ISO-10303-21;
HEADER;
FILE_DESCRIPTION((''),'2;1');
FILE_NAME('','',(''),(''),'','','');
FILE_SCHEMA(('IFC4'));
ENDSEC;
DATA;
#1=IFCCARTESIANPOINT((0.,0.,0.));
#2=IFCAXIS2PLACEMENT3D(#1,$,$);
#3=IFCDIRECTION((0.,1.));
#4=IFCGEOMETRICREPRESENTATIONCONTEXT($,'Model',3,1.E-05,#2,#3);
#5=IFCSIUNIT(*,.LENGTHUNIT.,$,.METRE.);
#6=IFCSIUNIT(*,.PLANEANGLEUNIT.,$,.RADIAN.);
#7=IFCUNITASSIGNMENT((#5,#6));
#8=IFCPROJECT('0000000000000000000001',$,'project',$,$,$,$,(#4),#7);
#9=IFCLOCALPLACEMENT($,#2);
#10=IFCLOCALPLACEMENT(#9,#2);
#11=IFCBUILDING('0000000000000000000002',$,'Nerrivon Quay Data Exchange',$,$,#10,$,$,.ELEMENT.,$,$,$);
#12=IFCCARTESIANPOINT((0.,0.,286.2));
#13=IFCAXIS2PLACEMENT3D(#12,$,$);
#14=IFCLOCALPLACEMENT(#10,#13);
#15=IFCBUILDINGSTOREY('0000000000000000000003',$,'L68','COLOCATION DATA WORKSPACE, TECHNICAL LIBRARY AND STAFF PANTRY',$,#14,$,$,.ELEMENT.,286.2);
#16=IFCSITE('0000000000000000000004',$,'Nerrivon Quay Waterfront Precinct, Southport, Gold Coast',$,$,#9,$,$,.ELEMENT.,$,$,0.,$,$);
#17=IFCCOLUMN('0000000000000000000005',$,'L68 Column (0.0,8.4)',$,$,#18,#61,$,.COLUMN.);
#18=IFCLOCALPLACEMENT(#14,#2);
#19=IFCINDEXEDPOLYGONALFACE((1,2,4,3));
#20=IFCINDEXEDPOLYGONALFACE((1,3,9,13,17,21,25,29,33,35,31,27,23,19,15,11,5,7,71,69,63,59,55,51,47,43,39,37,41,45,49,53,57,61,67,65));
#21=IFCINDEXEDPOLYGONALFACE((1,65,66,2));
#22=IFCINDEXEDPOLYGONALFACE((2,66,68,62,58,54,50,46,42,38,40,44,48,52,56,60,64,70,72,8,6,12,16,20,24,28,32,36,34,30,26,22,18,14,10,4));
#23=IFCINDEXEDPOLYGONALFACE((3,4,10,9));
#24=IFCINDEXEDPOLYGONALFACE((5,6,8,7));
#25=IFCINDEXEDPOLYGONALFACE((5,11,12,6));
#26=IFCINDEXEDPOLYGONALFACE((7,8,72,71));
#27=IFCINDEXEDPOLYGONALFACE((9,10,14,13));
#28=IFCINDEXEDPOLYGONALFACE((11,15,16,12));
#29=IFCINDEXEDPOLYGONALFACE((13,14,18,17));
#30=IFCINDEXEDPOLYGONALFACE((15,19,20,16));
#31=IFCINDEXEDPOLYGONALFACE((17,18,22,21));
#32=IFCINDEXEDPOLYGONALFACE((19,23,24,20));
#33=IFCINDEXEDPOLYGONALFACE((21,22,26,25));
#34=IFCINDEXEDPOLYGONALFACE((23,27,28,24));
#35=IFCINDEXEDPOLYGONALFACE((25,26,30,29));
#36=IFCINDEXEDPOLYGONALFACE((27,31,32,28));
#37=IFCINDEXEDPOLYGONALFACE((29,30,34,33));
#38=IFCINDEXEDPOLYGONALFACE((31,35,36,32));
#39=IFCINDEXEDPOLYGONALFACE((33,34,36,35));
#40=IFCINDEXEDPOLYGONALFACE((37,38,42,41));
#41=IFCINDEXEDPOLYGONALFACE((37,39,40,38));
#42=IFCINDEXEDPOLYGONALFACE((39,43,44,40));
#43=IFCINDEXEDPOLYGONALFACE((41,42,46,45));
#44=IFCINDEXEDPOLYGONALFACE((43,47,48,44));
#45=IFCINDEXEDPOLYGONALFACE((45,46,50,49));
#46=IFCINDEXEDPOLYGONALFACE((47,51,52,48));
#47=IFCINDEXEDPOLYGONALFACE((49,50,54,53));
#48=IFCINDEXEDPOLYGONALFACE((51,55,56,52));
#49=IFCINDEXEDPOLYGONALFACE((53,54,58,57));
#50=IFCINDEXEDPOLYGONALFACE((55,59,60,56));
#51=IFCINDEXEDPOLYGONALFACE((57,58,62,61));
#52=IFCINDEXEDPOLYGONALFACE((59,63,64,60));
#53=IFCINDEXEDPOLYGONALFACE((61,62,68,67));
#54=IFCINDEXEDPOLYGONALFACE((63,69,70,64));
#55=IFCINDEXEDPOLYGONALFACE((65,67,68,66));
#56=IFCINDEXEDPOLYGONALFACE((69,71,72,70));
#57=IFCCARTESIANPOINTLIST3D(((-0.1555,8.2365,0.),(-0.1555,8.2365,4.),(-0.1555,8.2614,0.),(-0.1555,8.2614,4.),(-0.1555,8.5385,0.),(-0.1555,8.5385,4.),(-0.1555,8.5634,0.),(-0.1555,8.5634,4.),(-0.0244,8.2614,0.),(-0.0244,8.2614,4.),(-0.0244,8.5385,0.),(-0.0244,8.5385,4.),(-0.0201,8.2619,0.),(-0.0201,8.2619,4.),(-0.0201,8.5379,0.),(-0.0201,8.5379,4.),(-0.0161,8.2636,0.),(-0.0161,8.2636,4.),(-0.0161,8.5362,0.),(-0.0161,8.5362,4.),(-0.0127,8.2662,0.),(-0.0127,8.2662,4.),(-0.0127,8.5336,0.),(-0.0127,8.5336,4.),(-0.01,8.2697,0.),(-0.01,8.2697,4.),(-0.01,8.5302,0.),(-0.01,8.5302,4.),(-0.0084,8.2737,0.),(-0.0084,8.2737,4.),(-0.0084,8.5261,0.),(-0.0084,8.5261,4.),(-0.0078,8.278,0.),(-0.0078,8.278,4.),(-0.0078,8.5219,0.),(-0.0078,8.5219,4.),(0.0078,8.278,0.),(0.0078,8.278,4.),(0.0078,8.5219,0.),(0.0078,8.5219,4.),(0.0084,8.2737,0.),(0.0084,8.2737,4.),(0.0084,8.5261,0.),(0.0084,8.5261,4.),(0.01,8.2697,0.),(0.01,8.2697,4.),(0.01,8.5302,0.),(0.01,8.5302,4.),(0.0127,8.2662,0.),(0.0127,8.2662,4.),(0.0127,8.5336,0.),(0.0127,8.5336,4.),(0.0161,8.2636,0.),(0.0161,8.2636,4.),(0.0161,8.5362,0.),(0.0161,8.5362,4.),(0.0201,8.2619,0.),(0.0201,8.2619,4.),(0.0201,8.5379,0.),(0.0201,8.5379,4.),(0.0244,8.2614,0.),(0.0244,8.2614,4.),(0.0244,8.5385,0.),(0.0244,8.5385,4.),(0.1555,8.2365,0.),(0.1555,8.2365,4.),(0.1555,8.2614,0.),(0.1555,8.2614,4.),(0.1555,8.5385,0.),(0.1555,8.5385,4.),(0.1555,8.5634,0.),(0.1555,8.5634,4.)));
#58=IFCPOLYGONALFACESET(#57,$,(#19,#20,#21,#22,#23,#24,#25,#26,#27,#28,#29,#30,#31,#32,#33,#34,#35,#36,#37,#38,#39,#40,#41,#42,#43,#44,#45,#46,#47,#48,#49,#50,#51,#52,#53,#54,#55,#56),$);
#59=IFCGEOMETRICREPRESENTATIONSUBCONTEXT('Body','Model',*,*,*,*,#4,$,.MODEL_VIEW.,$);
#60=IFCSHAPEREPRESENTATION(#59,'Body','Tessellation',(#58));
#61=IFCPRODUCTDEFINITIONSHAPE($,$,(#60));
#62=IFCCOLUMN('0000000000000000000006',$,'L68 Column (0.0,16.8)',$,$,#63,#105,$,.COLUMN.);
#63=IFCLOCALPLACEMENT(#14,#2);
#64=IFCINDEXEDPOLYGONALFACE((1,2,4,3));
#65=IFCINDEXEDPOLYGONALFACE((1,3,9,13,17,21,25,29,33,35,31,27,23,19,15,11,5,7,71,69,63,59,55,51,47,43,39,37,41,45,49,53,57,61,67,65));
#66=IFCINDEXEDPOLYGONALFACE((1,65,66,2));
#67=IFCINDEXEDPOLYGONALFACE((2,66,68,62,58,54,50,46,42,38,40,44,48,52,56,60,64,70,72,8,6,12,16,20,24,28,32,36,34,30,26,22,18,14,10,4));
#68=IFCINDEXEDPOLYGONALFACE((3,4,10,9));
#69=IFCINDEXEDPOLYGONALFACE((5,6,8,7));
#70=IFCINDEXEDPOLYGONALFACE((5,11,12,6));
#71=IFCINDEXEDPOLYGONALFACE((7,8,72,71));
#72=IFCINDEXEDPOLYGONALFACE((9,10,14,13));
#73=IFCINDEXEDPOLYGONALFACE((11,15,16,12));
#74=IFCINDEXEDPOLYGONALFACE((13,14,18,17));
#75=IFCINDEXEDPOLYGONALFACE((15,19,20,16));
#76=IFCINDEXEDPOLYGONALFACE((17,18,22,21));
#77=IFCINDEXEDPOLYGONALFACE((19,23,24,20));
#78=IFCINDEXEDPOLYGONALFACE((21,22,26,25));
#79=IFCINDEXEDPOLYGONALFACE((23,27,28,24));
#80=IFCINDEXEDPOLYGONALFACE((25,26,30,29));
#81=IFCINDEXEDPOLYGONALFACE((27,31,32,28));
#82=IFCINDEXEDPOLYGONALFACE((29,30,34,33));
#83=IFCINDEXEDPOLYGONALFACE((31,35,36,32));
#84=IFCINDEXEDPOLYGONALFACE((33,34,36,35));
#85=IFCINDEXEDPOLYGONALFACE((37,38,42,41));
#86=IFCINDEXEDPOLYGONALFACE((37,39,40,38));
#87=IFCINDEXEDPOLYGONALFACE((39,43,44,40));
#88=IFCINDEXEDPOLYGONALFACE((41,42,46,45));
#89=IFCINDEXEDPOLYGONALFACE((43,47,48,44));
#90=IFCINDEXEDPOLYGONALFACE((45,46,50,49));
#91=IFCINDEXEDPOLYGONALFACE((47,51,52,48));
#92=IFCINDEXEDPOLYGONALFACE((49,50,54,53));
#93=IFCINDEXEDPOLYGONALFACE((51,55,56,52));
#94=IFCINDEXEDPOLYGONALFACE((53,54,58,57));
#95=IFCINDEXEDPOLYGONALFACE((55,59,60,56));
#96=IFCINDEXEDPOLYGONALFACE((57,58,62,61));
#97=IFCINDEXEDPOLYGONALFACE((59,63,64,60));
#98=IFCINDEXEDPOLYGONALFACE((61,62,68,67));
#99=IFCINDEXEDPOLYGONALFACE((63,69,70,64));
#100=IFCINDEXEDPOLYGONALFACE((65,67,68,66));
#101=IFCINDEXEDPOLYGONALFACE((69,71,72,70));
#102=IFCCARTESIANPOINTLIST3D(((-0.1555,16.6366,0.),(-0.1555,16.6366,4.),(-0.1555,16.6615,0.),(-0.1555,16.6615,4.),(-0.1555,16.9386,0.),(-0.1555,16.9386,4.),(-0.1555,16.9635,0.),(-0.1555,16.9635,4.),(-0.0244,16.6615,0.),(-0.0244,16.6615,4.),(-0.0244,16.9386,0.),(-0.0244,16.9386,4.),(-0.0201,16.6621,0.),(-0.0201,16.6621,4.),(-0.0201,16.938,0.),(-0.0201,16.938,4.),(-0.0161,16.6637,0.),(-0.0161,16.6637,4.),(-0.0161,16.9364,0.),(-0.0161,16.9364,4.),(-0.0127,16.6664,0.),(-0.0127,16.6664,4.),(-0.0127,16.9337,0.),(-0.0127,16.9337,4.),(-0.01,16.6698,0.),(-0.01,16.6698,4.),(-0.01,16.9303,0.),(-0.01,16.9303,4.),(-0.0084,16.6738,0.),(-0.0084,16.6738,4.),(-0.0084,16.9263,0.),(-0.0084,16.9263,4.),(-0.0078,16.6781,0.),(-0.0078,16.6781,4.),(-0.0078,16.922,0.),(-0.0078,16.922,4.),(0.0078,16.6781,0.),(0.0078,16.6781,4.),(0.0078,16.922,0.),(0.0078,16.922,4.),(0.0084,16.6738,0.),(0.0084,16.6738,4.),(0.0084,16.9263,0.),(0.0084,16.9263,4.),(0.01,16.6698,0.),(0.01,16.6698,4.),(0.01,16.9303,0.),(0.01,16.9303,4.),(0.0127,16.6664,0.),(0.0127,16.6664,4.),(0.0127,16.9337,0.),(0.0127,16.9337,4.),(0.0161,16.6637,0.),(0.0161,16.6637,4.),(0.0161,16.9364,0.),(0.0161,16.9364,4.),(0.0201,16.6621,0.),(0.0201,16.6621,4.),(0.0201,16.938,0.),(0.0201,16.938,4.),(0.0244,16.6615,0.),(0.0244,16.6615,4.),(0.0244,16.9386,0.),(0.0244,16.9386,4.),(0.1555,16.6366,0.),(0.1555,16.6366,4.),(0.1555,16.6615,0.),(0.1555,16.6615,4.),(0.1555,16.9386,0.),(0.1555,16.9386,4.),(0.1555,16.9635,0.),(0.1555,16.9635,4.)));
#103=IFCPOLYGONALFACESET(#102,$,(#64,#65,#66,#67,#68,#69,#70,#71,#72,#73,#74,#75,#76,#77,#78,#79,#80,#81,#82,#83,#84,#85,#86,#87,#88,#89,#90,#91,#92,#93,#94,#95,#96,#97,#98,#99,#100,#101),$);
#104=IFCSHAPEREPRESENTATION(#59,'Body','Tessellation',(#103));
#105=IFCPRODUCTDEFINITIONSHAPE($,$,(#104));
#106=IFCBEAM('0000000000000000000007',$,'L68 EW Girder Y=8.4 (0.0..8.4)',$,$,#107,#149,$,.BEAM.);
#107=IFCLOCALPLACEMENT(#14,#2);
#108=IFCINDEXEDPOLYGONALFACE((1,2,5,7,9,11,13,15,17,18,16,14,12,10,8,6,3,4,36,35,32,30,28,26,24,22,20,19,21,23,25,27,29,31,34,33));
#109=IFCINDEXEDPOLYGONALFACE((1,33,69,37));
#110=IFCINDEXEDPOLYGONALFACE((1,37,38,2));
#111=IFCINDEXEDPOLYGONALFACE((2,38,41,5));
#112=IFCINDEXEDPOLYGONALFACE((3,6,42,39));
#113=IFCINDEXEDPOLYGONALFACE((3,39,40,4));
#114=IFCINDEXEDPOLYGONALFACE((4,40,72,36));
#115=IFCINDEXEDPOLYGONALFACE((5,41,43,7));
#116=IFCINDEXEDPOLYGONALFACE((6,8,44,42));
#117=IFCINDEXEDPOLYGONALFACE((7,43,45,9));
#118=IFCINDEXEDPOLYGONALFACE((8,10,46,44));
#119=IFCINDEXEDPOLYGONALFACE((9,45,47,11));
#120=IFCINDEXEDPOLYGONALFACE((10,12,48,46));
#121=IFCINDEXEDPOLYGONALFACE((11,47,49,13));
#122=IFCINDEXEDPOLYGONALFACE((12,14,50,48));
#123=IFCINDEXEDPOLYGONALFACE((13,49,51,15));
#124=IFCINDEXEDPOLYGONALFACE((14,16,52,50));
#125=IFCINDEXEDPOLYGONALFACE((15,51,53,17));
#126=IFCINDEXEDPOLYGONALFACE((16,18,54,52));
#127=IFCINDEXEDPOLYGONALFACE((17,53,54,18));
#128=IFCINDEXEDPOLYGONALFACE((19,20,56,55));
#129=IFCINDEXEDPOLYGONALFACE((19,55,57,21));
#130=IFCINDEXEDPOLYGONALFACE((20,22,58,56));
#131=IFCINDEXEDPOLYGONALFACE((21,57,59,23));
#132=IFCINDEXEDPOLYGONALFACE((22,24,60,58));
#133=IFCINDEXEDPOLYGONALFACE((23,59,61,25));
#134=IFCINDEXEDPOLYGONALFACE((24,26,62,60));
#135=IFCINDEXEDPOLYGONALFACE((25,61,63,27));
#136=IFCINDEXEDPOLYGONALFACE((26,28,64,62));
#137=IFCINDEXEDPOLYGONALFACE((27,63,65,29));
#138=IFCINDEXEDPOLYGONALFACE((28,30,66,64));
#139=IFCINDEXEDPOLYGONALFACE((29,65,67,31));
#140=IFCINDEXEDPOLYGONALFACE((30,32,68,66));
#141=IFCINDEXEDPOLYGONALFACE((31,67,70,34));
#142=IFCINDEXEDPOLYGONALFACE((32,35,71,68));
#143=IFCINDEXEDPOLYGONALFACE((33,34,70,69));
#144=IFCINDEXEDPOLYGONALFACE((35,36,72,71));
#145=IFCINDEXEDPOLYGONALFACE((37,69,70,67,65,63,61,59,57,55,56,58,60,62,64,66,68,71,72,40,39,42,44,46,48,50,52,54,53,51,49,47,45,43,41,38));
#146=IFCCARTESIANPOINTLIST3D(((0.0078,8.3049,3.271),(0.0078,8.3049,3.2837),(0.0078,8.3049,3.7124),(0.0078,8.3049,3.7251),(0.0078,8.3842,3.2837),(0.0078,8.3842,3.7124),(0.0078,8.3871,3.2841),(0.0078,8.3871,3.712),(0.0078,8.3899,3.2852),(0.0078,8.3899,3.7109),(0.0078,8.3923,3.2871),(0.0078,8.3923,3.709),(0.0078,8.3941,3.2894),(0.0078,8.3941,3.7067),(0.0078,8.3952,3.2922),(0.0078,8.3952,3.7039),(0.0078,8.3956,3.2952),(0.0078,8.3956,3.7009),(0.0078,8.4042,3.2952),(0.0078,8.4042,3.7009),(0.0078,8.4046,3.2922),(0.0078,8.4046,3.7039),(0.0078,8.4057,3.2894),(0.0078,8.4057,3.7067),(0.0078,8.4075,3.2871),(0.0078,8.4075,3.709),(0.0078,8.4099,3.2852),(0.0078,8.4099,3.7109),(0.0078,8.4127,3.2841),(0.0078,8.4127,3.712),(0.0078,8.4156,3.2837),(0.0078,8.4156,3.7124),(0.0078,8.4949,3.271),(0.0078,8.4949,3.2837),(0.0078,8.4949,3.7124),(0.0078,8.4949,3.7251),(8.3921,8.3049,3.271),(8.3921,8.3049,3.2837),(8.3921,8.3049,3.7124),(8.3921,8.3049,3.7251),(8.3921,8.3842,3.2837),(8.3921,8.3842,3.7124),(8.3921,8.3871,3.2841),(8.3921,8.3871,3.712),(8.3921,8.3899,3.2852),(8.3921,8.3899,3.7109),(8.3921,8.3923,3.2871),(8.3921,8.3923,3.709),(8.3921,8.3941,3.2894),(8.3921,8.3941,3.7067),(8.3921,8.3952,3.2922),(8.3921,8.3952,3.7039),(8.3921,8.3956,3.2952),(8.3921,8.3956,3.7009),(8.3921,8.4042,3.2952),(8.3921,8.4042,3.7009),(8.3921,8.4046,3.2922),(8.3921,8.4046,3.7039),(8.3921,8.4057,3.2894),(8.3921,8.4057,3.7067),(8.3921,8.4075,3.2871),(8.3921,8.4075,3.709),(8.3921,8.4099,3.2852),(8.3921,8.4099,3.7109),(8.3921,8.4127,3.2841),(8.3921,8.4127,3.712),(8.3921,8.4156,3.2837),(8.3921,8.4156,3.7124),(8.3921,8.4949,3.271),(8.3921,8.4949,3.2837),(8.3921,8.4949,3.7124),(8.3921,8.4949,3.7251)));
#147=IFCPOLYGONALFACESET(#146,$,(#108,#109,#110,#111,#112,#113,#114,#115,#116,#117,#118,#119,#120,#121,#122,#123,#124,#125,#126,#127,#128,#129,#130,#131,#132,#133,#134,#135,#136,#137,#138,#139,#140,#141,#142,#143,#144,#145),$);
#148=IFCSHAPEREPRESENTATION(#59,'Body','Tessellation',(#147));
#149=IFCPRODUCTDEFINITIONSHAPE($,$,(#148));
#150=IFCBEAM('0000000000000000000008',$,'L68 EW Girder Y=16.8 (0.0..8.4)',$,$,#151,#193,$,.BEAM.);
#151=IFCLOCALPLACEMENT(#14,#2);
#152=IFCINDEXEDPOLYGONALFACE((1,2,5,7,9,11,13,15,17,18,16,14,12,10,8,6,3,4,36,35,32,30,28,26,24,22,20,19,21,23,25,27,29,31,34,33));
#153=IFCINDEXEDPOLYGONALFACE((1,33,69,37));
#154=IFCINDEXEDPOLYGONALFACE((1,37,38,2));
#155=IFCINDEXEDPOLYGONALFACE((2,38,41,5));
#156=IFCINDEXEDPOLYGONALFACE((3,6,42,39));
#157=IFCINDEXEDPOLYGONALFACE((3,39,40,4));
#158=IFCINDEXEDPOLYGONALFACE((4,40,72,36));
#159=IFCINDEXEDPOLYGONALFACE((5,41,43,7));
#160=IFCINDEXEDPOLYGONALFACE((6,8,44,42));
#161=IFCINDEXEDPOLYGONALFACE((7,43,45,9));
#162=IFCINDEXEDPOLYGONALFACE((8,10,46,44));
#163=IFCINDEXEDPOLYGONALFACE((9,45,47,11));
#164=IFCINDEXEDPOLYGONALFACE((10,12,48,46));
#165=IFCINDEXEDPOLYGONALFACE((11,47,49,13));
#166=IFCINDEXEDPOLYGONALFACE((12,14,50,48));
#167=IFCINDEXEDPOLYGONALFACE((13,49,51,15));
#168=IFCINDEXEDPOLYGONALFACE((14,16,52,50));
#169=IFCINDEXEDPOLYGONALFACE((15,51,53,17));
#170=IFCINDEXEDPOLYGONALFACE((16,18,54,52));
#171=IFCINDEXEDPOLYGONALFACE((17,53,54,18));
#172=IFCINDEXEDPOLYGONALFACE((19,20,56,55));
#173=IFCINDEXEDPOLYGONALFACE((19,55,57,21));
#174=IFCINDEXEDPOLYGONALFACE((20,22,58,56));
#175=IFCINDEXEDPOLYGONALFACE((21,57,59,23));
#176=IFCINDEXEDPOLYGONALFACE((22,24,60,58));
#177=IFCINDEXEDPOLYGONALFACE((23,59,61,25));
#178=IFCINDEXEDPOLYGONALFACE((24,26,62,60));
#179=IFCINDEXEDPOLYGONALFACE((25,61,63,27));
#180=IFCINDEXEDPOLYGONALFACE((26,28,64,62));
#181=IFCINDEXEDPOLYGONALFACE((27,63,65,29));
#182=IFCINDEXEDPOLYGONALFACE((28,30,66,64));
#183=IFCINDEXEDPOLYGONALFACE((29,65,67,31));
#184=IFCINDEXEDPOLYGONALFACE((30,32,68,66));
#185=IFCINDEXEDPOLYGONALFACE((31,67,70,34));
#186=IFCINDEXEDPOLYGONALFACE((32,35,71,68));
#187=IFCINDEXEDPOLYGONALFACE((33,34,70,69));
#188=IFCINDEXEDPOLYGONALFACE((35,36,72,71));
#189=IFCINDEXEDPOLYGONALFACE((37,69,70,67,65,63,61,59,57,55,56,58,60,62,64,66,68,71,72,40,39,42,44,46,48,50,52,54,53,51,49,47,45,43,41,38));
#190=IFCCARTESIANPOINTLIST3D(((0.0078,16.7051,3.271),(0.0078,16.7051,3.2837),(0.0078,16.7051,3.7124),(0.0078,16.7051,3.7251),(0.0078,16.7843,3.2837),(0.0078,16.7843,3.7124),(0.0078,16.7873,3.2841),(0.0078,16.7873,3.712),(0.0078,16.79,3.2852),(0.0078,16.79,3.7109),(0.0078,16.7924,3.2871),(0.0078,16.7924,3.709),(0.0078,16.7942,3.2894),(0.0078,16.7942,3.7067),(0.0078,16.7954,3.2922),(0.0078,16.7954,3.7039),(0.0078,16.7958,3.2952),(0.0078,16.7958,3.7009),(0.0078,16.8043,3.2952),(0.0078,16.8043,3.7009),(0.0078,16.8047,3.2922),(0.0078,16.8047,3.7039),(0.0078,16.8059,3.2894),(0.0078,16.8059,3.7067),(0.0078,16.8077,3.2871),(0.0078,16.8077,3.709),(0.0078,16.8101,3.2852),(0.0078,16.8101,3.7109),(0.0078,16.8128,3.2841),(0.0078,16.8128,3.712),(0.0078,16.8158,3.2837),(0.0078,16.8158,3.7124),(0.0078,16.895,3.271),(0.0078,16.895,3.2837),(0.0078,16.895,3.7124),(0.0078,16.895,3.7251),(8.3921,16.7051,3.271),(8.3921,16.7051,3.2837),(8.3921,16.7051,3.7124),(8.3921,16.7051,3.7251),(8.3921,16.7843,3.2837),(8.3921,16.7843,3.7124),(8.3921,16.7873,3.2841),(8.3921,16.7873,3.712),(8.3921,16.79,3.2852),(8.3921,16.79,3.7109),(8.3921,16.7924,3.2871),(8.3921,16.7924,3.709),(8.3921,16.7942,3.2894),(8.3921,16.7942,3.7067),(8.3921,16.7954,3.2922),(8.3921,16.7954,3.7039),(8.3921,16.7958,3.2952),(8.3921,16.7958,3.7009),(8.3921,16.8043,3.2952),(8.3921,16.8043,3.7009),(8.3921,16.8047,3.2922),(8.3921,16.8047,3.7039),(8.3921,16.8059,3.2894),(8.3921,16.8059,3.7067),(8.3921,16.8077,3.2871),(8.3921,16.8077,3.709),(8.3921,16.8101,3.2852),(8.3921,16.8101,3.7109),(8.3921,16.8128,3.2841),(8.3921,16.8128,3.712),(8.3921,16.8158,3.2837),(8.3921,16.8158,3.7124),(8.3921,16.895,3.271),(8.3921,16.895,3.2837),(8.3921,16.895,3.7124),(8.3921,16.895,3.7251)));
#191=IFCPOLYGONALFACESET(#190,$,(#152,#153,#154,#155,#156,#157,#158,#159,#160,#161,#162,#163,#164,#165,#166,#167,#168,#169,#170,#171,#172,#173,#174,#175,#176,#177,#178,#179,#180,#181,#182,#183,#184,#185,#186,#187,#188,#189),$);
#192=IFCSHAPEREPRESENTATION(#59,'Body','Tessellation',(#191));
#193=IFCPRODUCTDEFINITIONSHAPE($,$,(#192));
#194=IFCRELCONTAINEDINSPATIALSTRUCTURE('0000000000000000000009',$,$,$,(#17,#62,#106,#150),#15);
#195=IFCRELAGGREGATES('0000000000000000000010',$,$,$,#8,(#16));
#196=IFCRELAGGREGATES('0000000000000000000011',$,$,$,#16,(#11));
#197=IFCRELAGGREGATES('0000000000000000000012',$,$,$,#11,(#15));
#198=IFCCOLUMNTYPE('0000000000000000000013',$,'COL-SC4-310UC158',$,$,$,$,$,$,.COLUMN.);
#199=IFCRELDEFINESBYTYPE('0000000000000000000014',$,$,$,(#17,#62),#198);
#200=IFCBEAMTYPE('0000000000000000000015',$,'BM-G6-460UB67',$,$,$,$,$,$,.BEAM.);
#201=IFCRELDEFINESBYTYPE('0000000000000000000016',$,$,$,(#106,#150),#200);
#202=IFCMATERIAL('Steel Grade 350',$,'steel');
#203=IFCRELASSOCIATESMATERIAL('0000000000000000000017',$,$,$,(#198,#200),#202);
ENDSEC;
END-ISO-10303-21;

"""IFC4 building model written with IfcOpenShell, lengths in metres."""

from ifc_helpers import new_model, si_unit, direction, frame, origin, origin_2d, place, context, subcontext, project, spatial, i_section, extrude, material, material_profile, profile_set, type_object, element, save


model = new_model("IFC4")

# Units and contexts
model_context = context("Model", 3, precision=1e-05, world=origin(), true_north=direction((0.0, 1.0)))
body_context = subcontext(model_context, "Body", "Model", "MODEL_VIEW")
ifc_project = project(units=[si_unit("LENGTHUNIT", "METRE"), si_unit("PLANEANGLEUNIT", "RADIAN")], contexts=[model_context])

# Site, building, storey
site_placement = place(None, origin())
site = spatial("IfcSite", under=ifc_project, at=site_placement, Name="Nerrivon Quay Waterfront Precinct, Southport, Gold Coast", CompositionType="ELEMENT", RefElevation=0.0)
building_placement = place(site_placement, origin())
building = spatial("IfcBuilding", under=site, at=building_placement, Name="Nerrivon Quay Data Exchange", CompositionType="ELEMENT")
storey_placement = place(building_placement, frame((0.0, 0.0, 286.2)))
storey = spatial("IfcBuildingStorey", under=building, at=storey_placement, Name="L68", Description="COLOCATION DATA WORKSPACE, TECHNICAL LIBRARY AND STAFF PANTRY", CompositionType="ELEMENT", Elevation=286.2)

# Columns
ifc_material_1 = material(Name="Steel Grade 350", Category="steel")
ifc_material_profile_1 = material_profile(ifc_material_1, i_section(OverallWidth=0.311, OverallDepth=0.3269, WebThickness=0.0156, FlangeThickness=0.0249, FilletRadius=0.0166, at=origin_2d()), Name="310UC158")
ifc_profile_set_1 = profile_set([ifc_material_profile_1], Name="Steel Grade 350")
column_type = type_object("IfcColumnType", Name="COL-SC4-310UC158", PredefinedType="COLUMN", material=ifc_profile_set_1)
for number, where, z_axis, x_axis, name in (
    (1, (0.0, 8.3999, 0.0), (0.0, 0.0, 1.0), (1.0, 0.0, 0.0), "L68 Column (0.0,8.4)"),
    (2, (0.0, 16.8, 0.0), (0.0, 0.0, 1.0), (1.0, 0.0, 0.0), "L68 Column (0.0,16.8)"),
):
    element("IfcColumn", number, at=place(storey_placement, frame(where, z_axis=z_axis, x_axis=x_axis)), inside=storey, type_object=column_type, Name=name, PredefinedType="COLUMN", context=body_context, shape_type="SweptSolid", body=[
        extrude(i_section(OverallWidth=0.311, OverallDepth=0.3269, WebThickness=0.0156, FlangeThickness=0.0249, FilletRadius=0.0166, at=origin_2d()), origin(), (0.0, 0.0, 1.0), 4.0),
    ])

# Beams
ifc_material_profile_2 = material_profile(ifc_material_1, i_section(OverallWidth=0.1899, OverallDepth=0.4541, WebThickness=0.0085, FlangeThickness=0.0127, FilletRadius=0.0115, at=origin_2d()), Name="460UB67.1")
ifc_profile_set_2 = profile_set([ifc_material_profile_2], Name="Steel Grade 350")
beam_type_1 = type_object("IfcBeamType", Name="BM-G6-460UB67", PredefinedType="BEAM", material=ifc_profile_set_2)
for number, where, z_axis, x_axis, name in (
    (3, (0.0078, 8.3999, 3.498), (1.0, 0.0, 0.0), (0.0, 1.0, 0.0), "L68 EW Girder Y=8.4 (0.0..8.4)"),
    (4, (0.0078, 16.8, 3.498), (1.0, 0.0, 0.0), (0.0, 1.0, 0.0), "L68 EW Girder Y=16.8 (0.0..8.4)"),
):
    element("IfcBeam", number, at=place(storey_placement, frame(where, z_axis=z_axis, x_axis=x_axis)), inside=storey, type_object=beam_type_1, Name=name, PredefinedType="BEAM", context=body_context, shape_type="SweptSolid", body=[
        extrude(i_section(OverallWidth=0.1899, OverallDepth=0.4541, WebThickness=0.0085, FlangeThickness=0.0127, FilletRadius=0.0115, at=origin_2d()), origin(), (0.0, 0.0, 1.0), 8.3843),
    ])

save(model, "model.ifc")
